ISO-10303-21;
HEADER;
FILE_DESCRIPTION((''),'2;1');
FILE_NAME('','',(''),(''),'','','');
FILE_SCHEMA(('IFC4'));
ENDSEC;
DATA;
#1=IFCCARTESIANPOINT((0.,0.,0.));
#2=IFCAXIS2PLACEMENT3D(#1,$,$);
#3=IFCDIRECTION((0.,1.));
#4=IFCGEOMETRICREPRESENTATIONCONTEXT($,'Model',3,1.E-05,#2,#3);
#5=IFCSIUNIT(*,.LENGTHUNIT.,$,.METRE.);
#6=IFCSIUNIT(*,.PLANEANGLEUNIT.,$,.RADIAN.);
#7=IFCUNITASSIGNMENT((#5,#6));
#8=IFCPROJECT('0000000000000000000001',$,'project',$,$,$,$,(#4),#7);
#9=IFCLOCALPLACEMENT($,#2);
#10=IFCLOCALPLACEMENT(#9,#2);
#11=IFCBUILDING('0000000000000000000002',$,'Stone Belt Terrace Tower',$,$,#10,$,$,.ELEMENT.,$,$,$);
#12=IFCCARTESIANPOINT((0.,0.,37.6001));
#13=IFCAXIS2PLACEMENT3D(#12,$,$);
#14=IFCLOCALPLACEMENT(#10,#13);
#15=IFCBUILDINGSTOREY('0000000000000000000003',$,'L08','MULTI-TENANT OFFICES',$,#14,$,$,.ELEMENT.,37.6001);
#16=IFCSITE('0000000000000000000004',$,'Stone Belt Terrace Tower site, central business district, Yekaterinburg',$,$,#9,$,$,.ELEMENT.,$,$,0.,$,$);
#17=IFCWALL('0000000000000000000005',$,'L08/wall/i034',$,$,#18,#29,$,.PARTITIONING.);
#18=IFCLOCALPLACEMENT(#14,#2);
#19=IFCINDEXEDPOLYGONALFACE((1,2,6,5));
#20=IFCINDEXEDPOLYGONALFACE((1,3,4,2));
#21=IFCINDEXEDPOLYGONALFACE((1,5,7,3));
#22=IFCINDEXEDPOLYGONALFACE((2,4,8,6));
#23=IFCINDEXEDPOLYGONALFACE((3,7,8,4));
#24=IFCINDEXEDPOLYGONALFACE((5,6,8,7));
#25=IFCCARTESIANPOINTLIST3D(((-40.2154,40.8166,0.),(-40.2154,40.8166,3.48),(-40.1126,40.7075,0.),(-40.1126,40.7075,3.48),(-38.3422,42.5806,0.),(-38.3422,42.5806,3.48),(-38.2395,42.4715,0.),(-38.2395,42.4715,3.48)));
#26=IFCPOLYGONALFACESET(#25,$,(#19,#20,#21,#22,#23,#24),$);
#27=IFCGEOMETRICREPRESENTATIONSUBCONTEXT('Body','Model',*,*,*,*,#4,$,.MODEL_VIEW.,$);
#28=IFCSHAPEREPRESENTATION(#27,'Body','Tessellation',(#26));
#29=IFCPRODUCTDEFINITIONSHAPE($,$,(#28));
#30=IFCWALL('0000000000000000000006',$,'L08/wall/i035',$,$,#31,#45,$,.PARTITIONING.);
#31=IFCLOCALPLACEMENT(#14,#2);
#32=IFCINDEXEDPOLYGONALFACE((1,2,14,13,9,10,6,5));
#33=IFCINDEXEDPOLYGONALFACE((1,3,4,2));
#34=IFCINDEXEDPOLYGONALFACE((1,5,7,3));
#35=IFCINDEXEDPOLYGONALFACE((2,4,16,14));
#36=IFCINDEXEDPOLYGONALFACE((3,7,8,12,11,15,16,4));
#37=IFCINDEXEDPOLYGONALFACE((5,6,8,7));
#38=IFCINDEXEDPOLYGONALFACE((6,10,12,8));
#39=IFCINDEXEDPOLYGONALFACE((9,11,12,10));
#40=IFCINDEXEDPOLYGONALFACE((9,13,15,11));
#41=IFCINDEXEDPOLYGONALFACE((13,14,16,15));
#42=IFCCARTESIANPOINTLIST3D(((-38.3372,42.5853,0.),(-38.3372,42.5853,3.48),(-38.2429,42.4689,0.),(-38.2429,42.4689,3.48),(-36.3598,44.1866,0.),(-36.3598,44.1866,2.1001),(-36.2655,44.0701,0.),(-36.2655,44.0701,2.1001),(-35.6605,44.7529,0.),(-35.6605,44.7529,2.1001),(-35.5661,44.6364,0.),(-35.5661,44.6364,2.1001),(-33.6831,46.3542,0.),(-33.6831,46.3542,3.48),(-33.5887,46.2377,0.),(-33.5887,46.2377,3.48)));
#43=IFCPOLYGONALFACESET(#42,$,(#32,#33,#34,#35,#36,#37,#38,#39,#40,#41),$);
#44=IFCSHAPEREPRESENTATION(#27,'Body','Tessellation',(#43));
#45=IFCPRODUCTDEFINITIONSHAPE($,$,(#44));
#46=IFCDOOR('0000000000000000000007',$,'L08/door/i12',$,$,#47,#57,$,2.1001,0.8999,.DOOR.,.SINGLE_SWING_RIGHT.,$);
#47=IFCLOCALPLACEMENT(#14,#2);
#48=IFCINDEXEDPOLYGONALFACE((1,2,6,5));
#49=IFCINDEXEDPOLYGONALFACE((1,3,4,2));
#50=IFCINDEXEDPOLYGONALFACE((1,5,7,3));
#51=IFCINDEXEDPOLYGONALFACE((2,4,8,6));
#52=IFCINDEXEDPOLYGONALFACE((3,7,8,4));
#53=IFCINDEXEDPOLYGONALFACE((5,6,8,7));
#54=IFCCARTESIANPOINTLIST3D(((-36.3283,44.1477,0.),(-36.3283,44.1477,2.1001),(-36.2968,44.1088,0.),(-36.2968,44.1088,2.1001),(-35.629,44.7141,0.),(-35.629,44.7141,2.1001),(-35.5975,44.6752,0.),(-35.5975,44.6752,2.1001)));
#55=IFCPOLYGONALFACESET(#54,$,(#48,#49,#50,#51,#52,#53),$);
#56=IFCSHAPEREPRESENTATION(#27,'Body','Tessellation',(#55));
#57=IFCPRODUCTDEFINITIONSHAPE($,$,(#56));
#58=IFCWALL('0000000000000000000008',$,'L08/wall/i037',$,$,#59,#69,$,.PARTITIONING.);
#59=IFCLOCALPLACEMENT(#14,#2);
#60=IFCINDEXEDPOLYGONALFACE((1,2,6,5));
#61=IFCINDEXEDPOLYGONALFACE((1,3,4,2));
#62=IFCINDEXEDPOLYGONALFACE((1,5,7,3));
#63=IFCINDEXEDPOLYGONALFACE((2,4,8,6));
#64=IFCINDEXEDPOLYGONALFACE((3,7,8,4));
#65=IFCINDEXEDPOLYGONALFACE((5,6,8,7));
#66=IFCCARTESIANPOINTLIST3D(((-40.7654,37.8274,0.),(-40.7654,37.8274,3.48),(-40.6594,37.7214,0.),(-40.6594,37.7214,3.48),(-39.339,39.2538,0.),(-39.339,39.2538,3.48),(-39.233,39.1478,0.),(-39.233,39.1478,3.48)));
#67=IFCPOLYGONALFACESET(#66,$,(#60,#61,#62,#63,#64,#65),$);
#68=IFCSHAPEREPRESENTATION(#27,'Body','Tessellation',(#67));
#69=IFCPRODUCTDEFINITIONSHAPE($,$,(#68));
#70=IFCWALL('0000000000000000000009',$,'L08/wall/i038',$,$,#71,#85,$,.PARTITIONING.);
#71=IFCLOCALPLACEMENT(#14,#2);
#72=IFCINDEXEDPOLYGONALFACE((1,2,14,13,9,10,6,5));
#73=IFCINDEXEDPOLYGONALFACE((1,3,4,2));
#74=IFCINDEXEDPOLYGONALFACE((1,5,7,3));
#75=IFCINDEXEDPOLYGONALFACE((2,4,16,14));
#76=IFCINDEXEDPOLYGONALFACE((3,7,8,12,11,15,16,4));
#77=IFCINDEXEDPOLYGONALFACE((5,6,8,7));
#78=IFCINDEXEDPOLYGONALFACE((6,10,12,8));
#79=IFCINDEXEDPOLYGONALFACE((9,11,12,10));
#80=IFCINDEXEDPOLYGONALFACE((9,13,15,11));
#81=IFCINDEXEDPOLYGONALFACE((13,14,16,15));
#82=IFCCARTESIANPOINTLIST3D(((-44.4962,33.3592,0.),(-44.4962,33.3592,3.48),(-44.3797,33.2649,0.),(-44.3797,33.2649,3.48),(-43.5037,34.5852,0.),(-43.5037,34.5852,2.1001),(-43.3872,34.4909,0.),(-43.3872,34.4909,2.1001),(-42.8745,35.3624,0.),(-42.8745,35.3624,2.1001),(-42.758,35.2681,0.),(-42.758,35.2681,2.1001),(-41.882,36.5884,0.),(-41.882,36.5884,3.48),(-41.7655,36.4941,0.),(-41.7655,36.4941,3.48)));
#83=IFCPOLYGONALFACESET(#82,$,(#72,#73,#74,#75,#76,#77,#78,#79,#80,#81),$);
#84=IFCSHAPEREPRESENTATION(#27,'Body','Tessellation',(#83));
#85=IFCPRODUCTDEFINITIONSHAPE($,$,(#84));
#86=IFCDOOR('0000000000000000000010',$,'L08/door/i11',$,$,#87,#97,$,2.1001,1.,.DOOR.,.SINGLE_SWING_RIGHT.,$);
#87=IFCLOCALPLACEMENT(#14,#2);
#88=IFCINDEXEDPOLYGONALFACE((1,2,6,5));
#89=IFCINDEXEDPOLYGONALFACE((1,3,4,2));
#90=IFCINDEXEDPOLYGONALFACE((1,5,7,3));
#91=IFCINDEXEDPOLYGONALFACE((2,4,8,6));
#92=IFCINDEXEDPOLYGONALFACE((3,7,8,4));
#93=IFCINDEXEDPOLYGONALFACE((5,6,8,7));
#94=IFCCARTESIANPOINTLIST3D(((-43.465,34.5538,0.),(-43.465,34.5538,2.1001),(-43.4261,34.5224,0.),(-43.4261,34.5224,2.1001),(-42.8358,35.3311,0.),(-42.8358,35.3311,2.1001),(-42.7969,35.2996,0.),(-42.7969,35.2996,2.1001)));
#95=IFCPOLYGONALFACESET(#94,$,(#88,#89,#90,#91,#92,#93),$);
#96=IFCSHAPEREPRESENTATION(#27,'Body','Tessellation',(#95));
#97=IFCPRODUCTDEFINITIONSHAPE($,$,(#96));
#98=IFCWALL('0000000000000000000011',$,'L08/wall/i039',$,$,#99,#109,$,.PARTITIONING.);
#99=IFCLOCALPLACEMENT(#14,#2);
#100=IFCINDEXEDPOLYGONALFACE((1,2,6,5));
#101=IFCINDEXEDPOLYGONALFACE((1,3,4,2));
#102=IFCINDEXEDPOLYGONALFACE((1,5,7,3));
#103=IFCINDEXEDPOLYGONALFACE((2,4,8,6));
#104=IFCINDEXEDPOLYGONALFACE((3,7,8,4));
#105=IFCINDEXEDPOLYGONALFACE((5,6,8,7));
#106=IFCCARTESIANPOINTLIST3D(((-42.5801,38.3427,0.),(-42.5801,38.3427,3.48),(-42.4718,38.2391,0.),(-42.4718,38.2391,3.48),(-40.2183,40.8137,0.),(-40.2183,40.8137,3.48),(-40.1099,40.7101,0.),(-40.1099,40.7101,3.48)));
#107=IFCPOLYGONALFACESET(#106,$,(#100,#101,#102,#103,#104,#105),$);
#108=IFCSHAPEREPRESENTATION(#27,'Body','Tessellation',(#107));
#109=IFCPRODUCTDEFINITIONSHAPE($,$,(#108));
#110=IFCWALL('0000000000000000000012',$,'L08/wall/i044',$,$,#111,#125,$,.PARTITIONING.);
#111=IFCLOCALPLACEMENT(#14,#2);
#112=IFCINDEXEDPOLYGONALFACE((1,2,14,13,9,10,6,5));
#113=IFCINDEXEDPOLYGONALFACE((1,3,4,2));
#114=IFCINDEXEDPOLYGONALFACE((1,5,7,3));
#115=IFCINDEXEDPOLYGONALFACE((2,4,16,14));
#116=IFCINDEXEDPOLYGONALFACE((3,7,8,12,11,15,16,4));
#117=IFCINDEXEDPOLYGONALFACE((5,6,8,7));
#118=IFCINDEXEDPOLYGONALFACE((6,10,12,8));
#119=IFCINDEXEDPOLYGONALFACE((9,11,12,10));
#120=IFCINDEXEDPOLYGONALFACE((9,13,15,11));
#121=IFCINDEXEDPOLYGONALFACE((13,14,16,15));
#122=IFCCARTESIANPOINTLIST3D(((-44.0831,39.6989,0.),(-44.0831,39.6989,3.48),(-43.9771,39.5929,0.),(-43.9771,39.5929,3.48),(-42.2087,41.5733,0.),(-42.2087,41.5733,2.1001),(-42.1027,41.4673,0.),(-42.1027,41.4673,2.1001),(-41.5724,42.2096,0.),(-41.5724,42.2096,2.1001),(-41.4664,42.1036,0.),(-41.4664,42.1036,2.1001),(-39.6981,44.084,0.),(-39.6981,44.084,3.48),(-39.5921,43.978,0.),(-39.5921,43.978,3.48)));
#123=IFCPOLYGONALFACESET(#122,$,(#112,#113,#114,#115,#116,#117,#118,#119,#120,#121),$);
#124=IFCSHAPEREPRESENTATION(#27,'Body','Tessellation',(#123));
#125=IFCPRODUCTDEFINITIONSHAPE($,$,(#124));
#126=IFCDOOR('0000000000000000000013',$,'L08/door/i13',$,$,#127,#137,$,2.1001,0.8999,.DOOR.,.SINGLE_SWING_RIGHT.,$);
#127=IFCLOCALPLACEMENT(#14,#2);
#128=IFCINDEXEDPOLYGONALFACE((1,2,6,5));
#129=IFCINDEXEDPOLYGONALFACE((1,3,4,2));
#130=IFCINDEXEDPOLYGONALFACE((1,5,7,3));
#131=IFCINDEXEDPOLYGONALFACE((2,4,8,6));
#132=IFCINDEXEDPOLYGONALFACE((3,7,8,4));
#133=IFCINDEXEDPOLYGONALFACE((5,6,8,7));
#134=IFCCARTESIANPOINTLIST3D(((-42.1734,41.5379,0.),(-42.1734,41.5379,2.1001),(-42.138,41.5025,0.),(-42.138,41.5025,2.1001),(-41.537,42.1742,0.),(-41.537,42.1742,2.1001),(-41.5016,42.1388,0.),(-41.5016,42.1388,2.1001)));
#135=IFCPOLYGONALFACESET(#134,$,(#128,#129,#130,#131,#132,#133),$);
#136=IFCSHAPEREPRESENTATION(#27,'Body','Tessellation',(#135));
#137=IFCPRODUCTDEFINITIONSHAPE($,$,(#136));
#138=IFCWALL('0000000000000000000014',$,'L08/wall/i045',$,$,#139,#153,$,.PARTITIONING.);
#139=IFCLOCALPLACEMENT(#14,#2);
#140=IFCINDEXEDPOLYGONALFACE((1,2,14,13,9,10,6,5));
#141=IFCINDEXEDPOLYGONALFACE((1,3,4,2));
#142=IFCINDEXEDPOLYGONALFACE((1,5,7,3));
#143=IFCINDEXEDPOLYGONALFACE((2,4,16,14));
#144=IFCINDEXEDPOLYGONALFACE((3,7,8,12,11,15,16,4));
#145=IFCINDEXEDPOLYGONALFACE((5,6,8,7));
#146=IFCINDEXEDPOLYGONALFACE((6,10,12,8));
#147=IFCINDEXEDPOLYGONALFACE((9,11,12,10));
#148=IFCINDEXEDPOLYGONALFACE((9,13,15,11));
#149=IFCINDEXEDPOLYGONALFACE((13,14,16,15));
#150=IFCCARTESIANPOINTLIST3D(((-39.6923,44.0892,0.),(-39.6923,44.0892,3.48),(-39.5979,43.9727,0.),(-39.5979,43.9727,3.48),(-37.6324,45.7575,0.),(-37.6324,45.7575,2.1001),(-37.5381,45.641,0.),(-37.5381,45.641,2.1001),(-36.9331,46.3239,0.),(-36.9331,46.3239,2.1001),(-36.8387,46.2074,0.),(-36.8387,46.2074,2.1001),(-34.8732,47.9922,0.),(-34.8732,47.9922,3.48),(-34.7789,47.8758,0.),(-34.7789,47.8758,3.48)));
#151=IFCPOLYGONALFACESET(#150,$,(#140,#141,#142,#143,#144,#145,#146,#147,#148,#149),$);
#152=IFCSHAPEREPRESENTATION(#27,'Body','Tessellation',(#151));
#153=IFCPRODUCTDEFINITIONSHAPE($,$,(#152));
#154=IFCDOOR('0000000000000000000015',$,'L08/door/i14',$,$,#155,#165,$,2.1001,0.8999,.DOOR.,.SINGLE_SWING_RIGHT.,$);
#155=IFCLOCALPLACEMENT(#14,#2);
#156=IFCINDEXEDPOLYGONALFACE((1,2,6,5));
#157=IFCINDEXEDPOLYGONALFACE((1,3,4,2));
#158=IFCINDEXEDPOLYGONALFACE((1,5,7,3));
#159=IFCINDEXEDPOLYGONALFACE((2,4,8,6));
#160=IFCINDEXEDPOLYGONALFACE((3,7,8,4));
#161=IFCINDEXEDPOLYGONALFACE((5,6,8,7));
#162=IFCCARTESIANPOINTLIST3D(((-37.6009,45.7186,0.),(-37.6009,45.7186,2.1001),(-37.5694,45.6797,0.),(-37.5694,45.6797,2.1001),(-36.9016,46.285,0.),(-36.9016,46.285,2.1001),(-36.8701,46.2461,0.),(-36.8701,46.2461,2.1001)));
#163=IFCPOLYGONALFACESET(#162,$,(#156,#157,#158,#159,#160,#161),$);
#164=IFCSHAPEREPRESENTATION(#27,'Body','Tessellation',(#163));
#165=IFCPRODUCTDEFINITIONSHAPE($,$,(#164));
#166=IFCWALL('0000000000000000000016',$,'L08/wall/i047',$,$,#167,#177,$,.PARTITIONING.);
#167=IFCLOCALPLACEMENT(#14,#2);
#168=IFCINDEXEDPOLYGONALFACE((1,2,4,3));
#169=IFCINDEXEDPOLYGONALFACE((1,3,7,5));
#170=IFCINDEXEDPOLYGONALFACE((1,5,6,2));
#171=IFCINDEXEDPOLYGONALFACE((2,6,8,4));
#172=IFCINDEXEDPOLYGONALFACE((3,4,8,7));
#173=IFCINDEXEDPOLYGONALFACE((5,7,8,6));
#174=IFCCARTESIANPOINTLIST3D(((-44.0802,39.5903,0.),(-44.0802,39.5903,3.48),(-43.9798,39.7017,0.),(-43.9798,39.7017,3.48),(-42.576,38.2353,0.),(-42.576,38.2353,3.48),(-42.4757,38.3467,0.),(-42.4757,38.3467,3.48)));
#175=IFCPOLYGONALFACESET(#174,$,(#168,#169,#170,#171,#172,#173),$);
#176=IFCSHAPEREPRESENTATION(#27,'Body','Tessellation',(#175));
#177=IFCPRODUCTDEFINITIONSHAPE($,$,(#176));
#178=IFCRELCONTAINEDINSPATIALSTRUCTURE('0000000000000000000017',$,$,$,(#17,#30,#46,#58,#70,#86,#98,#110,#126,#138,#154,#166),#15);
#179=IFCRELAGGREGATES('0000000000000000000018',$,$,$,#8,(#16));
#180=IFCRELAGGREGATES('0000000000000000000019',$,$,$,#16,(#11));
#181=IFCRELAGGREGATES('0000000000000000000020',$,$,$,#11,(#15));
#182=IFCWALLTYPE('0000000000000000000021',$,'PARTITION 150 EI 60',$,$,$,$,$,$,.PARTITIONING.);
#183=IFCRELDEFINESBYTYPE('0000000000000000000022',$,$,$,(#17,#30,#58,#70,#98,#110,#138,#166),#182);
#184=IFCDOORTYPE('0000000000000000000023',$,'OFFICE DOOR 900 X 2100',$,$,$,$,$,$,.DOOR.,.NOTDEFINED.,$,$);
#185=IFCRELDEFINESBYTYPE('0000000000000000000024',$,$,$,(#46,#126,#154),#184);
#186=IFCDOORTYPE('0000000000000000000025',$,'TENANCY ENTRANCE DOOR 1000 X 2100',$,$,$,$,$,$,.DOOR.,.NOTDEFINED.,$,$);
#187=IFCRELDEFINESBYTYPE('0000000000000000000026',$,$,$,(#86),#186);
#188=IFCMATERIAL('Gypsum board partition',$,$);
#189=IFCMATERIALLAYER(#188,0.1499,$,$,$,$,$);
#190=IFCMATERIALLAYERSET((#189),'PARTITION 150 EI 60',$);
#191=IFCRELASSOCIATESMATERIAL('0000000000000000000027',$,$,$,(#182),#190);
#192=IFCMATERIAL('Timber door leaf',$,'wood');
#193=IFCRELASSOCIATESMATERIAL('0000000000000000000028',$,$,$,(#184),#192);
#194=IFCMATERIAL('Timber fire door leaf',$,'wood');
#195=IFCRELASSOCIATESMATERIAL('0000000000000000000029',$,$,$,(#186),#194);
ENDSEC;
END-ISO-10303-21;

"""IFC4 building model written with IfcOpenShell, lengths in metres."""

from ifc_helpers import new_model, si_unit, direction, frame, frame_2d, origin, place, context, subcontext, project, spatial, rectangle, extrude, material, layer, layer_set, type_object, element, fill, save


model = new_model("IFC4")

# Units and contexts
model_context = context("Model", 3, precision=1e-05, world=origin(), true_north=direction((0.0, 1.0)))
body_context = subcontext(model_context, "Body", "Model", "MODEL_VIEW")
ifc_project = project(units=[si_unit("LENGTHUNIT", "METRE"), si_unit("PLANEANGLEUNIT", "RADIAN")], contexts=[model_context])

# Site, building, storey
site_placement = place(None, origin())
site = spatial("IfcSite", under=ifc_project, at=site_placement, Name="Stone Belt Terrace Tower site, central business district, Yekaterinburg", CompositionType="ELEMENT", RefElevation=0.0)
building_placement = place(site_placement, origin())
building = spatial("IfcBuilding", under=site, at=building_placement, Name="Stone Belt Terrace Tower", CompositionType="ELEMENT")
storey_placement = place(building_placement, frame((0.0, 0.0, 37.6001)))
storey = spatial("IfcBuildingStorey", under=building, at=storey_placement, Name="L08", Description="MULTI-TENANT OFFICES", CompositionType="ELEMENT", Elevation=37.6001)

# Wall
ifc_material_1 = material(Name="Gypsum board partition")
ifc_layer_1 = layer(ifc_material_1, 0.1499)
ifc_layer_set_1 = layer_set([ifc_layer_1], Name="PARTITION 150 EI 60")
wall_type = type_object("IfcWallType", Name="PARTITION 150 EI 60", PredefinedType="PARTITIONING", material=ifc_layer_set_1)
wall_1_placement = place(storey_placement, frame((-40.1641, 40.762, 0.0), z_axis=(0.0, 0.0, 1.0), x_axis=(0.727997, 0.685581, 0.0)))
element("IfcWall", 1, at=wall_1_placement, inside=storey, type_object=wall_type, Name="L08/wall/i034", PredefinedType="PARTITIONING", context=body_context, shape_type="SweptSolid", body=[
    extrude(rectangle(XDim=2.573, YDim=0.1499, at=frame_2d((1.2866, 0.0))), origin(), (0.0, 0.0, 1.0), 3.48),
])

# Wall, opening, door
wall_2_placement = place(storey_placement, frame((-38.29, 42.5271, 0.0), z_axis=(0.0, 0.0, 1.0), x_axis=(0.777144, 0.629323, 0.0)))
wall_2 = element("IfcWall", 2, at=wall_2_placement, inside=storey, type_object=wall_type, Name="L08/wall/i035", PredefinedType="PARTITIONING", context=body_context, shape_type="SweptSolid", body=[
    extrude(rectangle(XDim=5.9888, YDim=0.1499, at=frame_2d((2.9944, 0.0))), origin(), (0.0, 0.0, 1.0), 3.48),
])
opening_1_placement = place(wall_2_placement, frame((2.5444, 0.0, 0.0)))
opening_1 = element("IfcOpeningElement", 3, at=opening_1_placement, cuts=wall_2, PredefinedType="OPENING", context=body_context, shape_type="SweptSolid", body=[
    extrude(rectangle(XDim=0.8999, YDim=2.1001, at=frame_2d((0.45, 1.05))), frame((0.0, 0.085, 0.0), z_axis=(0.0, -1.0, 0.0), x_axis=(1.0, 0.0, 0.0)), (0.0, 0.0, 1.0), 0.1699),
])
ifc_material_2 = material(Name="Timber door leaf", Category="wood")
door_type_1 = type_object("IfcDoorType", Name="OFFICE DOOR 900 X 2100", OperationType="NOTDEFINED", PredefinedType="DOOR", material=ifc_material_2)
door_1_placement = place(opening_1_placement, origin())
door_1 = element("IfcDoor", 4, at=door_1_placement, inside=storey, type_object=door_type_1, Name="L08/door/i12", OperationType="SINGLE_SWING_RIGHT", OverallHeight=2.1001, OverallWidth=0.8999, PredefinedType="DOOR", context=body_context, shape_type="SweptSolid", body=[
    extrude(rectangle(XDim=0.8999, YDim=2.1001, at=frame_2d((0.45, 1.05))), frame((0.0, 0.0249, 0.0), z_axis=(0.0, -1.0, 0.0), x_axis=(1.0, 0.0, 0.0)), (0.0, 0.0, 1.0), 0.05),
])
fill(opening_1, door_1)

# Wall
wall_3_placement = place(storey_placement, frame((-39.2859, 39.2009, 0.0), z_axis=(0.0, 0.0, 1.0), x_axis=(-0.707107, -0.707107, 0.0)))
element("IfcWall", 5, at=wall_3_placement, inside=storey, type_object=wall_type, Name="L08/wall/i037", PredefinedType="PARTITIONING", context=body_context, shape_type="SweptSolid", body=[
    extrude(rectangle(XDim=2.0173, YDim=0.1499, at=frame_2d((1.0088, 0.0))), origin(), (0.0, 0.0, 1.0), 3.48),
])

# Wall, opening, door
wall_4_placement = place(storey_placement, frame((-41.8237, 36.5413, 0.0), z_axis=(0.0, 0.0, 1.0), x_axis=(-0.629213, -0.777233, 0.0)))
wall_4 = element("IfcWall", 6, at=wall_4_placement, inside=storey, type_object=wall_type, Name="L08/wall/i038", PredefinedType="PARTITIONING", context=body_context, shape_type="SweptSolid", body=[
    extrude(rectangle(XDim=4.1548, YDim=0.1499, at=frame_2d((2.0774, 0.0))), origin(), (0.0, 0.0, 1.0), 3.48),
])
opening_2_placement = place(wall_4_placement, frame((1.5774, 0.0, 0.0)))
opening_2 = element("IfcOpeningElement", 7, at=opening_2_placement, cuts=wall_4, PredefinedType="OPENING", context=body_context, shape_type="SweptSolid", body=[
    extrude(rectangle(XDim=1.0, YDim=2.1001, at=frame_2d((0.5, 1.05))), frame((0.0, 0.085, 0.0), z_axis=(0.0, -1.0, 0.0), x_axis=(1.0, 0.0, 0.0)), (0.0, 0.0, 1.0), 0.1699),
])
ifc_material_3 = material(Name="Timber fire door leaf", Category="wood")
door_type_2 = type_object("IfcDoorType", Name="TENANCY ENTRANCE DOOR 1000 X 2100", OperationType="NOTDEFINED", PredefinedType="DOOR", material=ifc_material_3)
door_2_placement = place(opening_2_placement, origin())
door_2 = element("IfcDoor", 8, at=door_2_placement, inside=storey, type_object=door_type_2, Name="L08/door/i11", OperationType="SINGLE_SWING_RIGHT", OverallHeight=2.1001, OverallWidth=1.0, PredefinedType="DOOR", context=body_context, shape_type="SweptSolid", body=[
    extrude(rectangle(XDim=1.0, YDim=2.1001, at=frame_2d((0.5, 1.05))), frame((0.0, 0.0249, 0.0), z_axis=(0.0, -1.0, 0.0), x_axis=(1.0, 0.0, 0.0)), (0.0, 0.0, 1.0), 0.05),
])
fill(opening_2, door_2)

# Wall
wall_5_placement = place(storey_placement, frame((-42.5259, 38.291, 0.0), z_axis=(0.0, 0.0, 1.0), x_axis=(0.690963, 0.72289, 0.0)))
element("IfcWall", 9, at=wall_5_placement, inside=storey, type_object=wall_type, Name="L08/wall/i039", PredefinedType="PARTITIONING", context=body_context, shape_type="SweptSolid", body=[
    extrude(rectangle(XDim=3.4182, YDim=0.1499, at=frame_2d((1.709, 0.0))), origin(), (0.0, 0.0, 1.0), 3.48),
])

# Walls, openings, doors
wall_6_placement = place(storey_placement, frame((-44.03, 39.646, 0.0), z_axis=(0.0, 0.0, 1.0), x_axis=(0.707107, 0.707107, 0.0)))
wall_6 = element("IfcWall", 10, at=wall_6_placement, inside=storey, type_object=wall_type, Name="L08/wall/i044", PredefinedType="PARTITIONING", context=body_context, shape_type="SweptSolid", body=[
    extrude(rectangle(XDim=6.2014, YDim=0.1499, at=frame_2d((3.1006, 0.0))), origin(), (0.0, 0.0, 1.0), 3.48),
])
opening_3_placement = place(wall_6_placement, frame((2.6506, 0.0, 0.0)))
opening_3 = element("IfcOpeningElement", 11, at=opening_3_placement, cuts=wall_6, PredefinedType="OPENING", context=body_context, shape_type="SweptSolid", body=[
    extrude(rectangle(XDim=0.8999, YDim=2.1001, at=frame_2d((0.45, 1.05))), frame((0.0, 0.085, 0.0), z_axis=(0.0, -1.0, 0.0), x_axis=(1.0, 0.0, 0.0)), (0.0, 0.0, 1.0), 0.1699),
])
door_3_placement = place(opening_3_placement, origin())
door_3 = element("IfcDoor", 12, at=door_3_placement, inside=storey, type_object=door_type_1, Name="L08/door/i13", OperationType="SINGLE_SWING_RIGHT", OverallHeight=2.1001, OverallWidth=0.8999, PredefinedType="DOOR", context=body_context, shape_type="SweptSolid", body=[
    extrude(rectangle(XDim=0.8999, YDim=2.1001, at=frame_2d((0.45, 1.05))), frame((0.0, 0.0249, 0.0), z_axis=(0.0, -1.0, 0.0), x_axis=(1.0, 0.0, 0.0)), (0.0, 0.0, 1.0), 0.05),
])
fill(opening_3, door_3)
wall_7_placement = place(storey_placement, frame((-39.645, 44.031, 0.0), z_axis=(0.0, 0.0, 1.0), x_axis=(0.777094, 0.629384, 0.0)))
wall_7 = element("IfcWall", 13, at=wall_7_placement, inside=storey, type_object=wall_type, Name="L08/wall/i045", PredefinedType="PARTITIONING", context=body_context, shape_type="SweptSolid", body=[
    extrude(rectangle(XDim=6.2014, YDim=0.1499, at=frame_2d((3.1006, 0.0))), origin(), (0.0, 0.0, 1.0), 3.48),
])
opening_4_placement = place(wall_7_placement, frame((2.6506, 0.0, 0.0)))
opening_4 = element("IfcOpeningElement", 14, at=opening_4_placement, cuts=wall_7, PredefinedType="OPENING", context=body_context, shape_type="SweptSolid", body=[
    extrude(rectangle(XDim=0.8999, YDim=2.1001, at=frame_2d((0.45, 1.05))), frame((0.0, 0.085, 0.0), z_axis=(0.0, -1.0, 0.0), x_axis=(1.0, 0.0, 0.0)), (0.0, 0.0, 1.0), 0.1699),
])
door_4_placement = place(opening_4_placement, origin())
door_4 = element("IfcDoor", 15, at=door_4_placement, inside=storey, type_object=door_type_1, Name="L08/door/i14", OperationType="SINGLE_SWING_RIGHT", OverallHeight=2.1001, OverallWidth=0.8999, PredefinedType="DOOR", context=body_context, shape_type="SweptSolid", body=[
    extrude(rectangle(XDim=0.8999, YDim=2.1001, at=frame_2d((0.45, 1.05))), frame((0.0, 0.0249, 0.0), z_axis=(0.0, -1.0, 0.0), x_axis=(1.0, 0.0, 0.0)), (0.0, 0.0, 1.0), 0.05),
])
fill(opening_4, door_4)

# Wall
wall_8_placement = place(storey_placement, frame((-42.5259, 38.291, 0.0), z_axis=(0.0, 0.0, 1.0), x_axis=(-0.742988, 0.669304, 0.0)))
element("IfcWall", 16, at=wall_8_placement, inside=storey, type_object=wall_type, Name="L08/wall/i047", PredefinedType="PARTITIONING", context=body_context, shape_type="SweptSolid", body=[
    extrude(rectangle(XDim=2.0244, YDim=0.1499, at=frame_2d((1.0122, 0.0))), origin(), (0.0, 0.0, 1.0), 3.48),
])

save(model, "model.ifc")
